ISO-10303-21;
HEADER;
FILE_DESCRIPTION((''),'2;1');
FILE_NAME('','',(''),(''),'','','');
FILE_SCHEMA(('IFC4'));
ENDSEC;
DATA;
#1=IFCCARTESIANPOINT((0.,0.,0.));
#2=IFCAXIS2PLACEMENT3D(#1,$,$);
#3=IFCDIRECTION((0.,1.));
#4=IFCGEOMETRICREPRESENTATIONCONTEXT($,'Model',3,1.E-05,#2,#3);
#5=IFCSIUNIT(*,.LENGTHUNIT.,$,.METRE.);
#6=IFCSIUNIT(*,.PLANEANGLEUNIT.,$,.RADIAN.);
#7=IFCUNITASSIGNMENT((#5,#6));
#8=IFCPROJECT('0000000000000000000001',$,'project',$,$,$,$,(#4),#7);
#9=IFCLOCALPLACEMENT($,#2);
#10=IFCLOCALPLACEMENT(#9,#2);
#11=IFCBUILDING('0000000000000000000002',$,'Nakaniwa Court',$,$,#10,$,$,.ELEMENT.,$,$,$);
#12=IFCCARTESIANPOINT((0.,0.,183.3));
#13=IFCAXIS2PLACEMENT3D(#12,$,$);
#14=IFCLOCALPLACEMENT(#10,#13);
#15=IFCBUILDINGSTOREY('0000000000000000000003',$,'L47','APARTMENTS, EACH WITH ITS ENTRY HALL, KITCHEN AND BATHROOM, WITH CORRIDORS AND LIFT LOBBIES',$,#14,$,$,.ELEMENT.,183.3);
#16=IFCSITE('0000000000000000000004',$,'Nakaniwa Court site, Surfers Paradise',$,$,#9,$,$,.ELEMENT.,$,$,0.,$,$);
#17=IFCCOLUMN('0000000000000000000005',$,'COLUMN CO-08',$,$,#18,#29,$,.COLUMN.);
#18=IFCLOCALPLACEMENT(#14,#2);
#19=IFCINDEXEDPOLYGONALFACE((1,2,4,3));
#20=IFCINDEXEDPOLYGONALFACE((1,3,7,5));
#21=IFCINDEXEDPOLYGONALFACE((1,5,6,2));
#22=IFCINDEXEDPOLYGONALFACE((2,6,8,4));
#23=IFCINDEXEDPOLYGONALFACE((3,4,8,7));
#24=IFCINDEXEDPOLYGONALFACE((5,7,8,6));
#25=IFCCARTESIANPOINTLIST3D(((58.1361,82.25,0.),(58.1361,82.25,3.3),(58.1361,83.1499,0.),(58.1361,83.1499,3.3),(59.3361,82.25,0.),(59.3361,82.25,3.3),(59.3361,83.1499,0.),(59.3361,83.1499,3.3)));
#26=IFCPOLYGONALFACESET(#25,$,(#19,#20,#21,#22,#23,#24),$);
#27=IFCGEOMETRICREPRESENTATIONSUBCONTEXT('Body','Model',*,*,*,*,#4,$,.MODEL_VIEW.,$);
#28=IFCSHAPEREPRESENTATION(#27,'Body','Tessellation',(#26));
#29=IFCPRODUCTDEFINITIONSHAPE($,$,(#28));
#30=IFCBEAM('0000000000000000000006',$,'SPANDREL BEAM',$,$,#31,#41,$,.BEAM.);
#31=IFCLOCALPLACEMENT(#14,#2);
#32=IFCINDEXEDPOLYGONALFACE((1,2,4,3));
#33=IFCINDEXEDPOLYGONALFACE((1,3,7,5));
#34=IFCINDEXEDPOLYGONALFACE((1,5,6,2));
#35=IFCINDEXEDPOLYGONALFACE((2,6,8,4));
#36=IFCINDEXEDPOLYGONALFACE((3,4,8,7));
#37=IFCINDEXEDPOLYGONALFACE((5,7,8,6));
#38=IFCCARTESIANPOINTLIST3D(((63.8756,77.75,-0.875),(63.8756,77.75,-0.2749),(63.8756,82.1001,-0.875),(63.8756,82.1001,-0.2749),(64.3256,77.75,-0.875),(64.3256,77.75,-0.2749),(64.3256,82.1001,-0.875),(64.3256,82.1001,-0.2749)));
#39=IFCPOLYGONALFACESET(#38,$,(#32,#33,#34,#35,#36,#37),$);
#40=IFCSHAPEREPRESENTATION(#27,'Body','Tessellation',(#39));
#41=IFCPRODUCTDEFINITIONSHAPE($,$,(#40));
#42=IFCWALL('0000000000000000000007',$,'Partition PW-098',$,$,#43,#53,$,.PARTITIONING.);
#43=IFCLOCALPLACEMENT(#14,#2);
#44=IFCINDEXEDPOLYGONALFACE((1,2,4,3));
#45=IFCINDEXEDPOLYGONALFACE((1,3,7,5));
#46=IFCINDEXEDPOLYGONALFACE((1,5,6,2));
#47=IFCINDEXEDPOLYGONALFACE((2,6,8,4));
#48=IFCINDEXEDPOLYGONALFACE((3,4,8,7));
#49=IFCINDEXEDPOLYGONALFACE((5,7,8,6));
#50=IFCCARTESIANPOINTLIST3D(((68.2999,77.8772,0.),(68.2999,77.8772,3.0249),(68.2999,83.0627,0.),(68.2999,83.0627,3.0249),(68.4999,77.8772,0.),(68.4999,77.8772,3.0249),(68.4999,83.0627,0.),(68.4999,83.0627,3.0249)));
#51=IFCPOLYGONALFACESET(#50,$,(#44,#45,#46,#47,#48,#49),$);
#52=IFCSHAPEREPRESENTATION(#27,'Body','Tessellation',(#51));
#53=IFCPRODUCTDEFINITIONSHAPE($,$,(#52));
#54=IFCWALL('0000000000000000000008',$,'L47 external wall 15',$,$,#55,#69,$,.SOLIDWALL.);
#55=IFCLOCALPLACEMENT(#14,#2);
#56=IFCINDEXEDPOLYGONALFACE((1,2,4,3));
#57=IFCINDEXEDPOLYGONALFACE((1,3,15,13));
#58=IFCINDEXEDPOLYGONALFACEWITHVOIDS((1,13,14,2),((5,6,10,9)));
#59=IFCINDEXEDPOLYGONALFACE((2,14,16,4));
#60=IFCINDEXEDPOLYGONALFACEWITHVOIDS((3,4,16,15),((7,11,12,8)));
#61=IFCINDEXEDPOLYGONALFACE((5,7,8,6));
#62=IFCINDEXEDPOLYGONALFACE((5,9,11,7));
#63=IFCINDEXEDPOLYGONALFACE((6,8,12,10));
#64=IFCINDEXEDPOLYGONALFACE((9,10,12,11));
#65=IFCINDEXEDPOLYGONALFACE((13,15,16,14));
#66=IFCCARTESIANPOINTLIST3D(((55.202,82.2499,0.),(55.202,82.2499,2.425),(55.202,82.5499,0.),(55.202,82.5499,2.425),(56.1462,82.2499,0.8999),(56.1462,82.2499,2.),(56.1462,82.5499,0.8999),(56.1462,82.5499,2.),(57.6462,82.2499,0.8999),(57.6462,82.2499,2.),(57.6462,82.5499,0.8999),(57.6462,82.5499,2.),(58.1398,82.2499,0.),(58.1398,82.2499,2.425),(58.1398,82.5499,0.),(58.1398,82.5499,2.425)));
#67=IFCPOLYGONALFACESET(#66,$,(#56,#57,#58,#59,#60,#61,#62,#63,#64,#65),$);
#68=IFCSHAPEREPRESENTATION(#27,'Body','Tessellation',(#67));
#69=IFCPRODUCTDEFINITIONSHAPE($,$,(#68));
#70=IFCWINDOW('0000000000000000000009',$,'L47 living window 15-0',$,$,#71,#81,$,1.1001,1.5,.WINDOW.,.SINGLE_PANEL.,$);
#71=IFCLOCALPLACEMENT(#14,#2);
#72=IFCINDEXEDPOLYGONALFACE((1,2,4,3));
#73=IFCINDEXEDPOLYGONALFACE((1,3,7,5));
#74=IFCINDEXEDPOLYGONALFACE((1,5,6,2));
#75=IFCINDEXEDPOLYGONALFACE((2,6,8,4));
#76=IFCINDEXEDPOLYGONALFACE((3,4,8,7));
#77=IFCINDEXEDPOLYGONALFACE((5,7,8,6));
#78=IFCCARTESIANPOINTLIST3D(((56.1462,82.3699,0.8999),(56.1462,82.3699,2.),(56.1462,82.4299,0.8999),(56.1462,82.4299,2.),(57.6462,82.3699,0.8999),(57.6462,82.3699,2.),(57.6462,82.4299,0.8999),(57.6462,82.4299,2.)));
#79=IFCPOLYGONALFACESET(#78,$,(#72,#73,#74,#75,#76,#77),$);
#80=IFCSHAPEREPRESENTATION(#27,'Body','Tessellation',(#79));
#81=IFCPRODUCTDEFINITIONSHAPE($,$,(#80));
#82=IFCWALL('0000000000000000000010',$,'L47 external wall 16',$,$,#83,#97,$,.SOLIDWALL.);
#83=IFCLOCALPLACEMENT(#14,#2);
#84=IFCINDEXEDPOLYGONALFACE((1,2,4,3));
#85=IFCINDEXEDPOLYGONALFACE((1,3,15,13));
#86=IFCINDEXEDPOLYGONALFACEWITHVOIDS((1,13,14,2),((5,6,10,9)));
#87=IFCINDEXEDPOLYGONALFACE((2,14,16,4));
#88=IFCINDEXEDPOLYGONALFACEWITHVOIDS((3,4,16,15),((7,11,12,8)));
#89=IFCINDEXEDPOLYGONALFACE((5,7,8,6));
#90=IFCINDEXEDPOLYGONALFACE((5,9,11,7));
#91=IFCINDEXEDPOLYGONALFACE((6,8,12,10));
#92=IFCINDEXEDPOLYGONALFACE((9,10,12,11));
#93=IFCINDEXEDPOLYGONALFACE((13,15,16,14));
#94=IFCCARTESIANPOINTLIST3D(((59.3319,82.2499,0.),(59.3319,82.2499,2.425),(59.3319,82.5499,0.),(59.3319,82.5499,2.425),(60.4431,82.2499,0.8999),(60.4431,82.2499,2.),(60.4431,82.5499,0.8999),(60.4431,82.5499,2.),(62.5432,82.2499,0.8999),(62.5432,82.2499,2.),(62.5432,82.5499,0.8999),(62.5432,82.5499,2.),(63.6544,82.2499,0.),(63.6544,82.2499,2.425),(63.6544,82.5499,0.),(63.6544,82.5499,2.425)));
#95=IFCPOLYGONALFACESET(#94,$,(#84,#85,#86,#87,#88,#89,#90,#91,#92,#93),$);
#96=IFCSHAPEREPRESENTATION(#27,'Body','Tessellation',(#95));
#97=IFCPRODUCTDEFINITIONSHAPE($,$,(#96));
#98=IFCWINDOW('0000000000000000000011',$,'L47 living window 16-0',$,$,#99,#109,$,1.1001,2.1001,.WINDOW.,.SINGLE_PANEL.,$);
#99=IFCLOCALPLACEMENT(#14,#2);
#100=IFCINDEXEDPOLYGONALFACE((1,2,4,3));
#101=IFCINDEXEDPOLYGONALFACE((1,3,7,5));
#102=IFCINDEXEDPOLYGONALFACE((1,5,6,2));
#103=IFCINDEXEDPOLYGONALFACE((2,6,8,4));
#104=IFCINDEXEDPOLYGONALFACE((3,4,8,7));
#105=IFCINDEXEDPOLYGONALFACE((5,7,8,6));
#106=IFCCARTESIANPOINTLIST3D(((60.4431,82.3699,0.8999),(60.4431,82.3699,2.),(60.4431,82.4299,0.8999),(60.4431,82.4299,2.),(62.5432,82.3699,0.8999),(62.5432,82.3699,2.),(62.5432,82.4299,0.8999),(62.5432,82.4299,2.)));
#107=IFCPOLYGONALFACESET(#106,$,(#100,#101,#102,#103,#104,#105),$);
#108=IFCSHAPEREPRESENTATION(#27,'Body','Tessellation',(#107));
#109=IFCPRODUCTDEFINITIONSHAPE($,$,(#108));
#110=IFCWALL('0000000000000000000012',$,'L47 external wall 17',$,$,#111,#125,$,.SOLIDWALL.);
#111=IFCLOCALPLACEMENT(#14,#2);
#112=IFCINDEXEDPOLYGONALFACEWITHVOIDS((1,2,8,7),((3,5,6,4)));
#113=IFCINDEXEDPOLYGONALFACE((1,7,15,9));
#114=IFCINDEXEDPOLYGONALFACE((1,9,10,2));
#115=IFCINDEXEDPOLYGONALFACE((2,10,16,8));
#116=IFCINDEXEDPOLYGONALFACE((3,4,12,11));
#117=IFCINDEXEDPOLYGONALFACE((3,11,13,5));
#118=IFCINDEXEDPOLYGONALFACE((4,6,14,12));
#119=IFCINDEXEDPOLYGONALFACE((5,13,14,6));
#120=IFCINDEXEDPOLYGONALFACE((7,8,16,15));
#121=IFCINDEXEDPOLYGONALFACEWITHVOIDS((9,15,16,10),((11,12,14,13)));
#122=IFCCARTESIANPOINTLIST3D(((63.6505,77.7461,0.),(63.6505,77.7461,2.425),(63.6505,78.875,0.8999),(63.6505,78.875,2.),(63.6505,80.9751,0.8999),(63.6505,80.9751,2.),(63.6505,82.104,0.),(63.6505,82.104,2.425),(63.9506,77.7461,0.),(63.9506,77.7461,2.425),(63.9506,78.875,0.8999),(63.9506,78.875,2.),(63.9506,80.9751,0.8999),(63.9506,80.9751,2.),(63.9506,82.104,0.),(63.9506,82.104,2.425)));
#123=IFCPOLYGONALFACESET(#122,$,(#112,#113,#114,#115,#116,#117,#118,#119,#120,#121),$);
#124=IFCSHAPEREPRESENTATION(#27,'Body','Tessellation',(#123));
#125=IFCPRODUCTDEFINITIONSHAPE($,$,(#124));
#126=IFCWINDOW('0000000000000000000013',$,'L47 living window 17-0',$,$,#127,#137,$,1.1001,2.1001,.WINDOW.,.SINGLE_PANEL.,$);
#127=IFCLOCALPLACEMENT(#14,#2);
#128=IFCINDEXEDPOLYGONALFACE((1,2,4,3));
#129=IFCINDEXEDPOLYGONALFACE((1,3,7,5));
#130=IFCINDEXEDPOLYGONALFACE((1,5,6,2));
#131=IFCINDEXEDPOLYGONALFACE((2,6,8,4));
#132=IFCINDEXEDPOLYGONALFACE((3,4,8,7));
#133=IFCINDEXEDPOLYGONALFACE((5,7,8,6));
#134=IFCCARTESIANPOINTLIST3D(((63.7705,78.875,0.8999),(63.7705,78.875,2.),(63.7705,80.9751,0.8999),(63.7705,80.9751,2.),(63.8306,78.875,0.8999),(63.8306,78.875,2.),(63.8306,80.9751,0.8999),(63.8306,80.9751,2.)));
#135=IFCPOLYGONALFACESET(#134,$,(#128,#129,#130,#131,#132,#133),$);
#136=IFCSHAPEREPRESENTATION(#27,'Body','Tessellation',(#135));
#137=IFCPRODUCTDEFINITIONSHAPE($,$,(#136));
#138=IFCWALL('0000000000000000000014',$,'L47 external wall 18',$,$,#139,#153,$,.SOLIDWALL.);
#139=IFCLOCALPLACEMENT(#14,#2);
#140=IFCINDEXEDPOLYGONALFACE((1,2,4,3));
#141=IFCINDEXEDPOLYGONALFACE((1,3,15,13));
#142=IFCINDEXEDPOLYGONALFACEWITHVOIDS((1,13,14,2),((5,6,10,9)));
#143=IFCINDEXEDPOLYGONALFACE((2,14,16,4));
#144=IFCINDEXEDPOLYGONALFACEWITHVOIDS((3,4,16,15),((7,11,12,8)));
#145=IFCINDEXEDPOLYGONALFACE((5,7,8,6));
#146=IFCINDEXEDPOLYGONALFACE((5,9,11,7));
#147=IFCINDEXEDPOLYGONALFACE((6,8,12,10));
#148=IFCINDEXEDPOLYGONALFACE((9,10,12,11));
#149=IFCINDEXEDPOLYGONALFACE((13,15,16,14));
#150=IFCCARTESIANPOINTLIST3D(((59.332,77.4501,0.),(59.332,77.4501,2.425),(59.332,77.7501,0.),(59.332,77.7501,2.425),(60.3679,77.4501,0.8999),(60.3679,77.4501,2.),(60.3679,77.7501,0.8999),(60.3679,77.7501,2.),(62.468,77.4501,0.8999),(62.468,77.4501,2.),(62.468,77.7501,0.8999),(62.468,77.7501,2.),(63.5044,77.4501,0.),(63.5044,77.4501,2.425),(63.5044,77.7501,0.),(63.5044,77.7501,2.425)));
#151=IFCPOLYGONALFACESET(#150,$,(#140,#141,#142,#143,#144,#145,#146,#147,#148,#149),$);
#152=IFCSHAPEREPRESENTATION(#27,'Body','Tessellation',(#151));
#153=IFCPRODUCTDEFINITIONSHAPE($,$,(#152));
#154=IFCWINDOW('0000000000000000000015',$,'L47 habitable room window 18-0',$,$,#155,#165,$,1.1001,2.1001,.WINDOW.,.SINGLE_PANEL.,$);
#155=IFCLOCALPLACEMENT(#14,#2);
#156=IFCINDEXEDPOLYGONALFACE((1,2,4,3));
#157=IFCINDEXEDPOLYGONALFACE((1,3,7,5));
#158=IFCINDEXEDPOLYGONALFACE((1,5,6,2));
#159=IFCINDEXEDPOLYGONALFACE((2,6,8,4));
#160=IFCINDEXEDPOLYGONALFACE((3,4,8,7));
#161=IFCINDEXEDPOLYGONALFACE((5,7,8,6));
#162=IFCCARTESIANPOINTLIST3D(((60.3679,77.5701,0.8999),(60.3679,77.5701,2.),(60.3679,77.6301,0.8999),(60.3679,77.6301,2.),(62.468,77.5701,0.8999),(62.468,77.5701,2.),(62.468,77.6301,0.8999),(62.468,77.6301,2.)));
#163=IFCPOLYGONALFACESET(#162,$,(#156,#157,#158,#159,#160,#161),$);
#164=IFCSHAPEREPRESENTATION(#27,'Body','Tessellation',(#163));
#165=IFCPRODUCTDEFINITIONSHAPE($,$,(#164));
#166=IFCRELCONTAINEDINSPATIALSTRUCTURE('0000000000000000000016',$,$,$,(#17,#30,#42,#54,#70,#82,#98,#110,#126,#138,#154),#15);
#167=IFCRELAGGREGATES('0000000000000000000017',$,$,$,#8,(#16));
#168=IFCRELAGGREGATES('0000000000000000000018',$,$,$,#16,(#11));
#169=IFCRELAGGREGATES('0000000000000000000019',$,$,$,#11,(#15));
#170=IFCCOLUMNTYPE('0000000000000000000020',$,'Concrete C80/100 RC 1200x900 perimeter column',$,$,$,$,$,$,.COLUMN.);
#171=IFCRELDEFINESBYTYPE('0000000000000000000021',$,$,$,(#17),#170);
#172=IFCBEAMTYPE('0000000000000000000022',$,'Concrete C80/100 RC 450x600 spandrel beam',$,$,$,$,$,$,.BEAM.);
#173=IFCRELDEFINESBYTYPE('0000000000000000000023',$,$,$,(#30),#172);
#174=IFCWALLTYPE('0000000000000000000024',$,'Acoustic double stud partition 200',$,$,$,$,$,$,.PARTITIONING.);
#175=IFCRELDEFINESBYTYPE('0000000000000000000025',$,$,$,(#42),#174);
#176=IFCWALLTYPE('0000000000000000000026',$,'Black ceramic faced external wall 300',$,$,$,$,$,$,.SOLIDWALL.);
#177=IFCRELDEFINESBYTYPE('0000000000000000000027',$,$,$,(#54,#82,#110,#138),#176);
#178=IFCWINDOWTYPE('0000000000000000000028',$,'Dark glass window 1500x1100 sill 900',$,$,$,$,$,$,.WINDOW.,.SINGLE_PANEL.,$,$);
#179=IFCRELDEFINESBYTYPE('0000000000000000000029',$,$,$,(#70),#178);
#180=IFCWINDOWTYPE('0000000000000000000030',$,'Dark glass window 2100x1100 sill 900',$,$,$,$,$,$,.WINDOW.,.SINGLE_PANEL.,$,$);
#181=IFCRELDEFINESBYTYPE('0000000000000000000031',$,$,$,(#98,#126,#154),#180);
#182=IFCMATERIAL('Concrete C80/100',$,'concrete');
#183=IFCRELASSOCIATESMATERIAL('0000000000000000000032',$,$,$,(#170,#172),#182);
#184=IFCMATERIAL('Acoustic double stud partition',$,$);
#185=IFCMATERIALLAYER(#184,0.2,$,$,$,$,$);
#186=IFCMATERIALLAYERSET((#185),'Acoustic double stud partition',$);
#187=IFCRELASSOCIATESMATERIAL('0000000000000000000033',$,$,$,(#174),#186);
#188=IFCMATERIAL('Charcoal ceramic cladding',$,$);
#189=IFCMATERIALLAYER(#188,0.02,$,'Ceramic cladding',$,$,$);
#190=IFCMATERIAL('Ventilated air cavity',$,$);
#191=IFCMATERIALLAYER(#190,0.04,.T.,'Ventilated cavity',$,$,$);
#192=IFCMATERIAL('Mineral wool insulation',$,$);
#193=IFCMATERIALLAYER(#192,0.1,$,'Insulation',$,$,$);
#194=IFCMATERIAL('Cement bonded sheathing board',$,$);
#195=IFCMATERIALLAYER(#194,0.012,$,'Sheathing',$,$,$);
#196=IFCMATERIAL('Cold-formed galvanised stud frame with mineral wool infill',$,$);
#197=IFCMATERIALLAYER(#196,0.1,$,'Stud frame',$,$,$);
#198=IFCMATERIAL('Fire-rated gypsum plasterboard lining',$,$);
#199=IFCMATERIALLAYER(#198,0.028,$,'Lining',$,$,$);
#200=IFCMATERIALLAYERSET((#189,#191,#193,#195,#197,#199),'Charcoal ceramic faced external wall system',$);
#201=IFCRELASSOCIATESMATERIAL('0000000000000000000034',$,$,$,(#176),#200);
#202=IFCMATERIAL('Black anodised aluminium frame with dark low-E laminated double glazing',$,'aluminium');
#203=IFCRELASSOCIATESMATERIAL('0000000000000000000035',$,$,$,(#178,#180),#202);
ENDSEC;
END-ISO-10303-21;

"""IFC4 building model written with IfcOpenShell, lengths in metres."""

from ifc_helpers import new_model, si_unit, direction, frame, frame_2d, origin, origin_2d, place, context, subcontext, project, spatial, rectangle, extrude, material, layer, layer_set, material_profile, profile_set, type_object, element, fill, save


model = new_model("IFC4")

# Units and contexts
model_context = context("Model", 3, precision=1e-05, world=origin(), true_north=direction((0.0, 1.0)))
body_context = subcontext(model_context, "Body", "Model", "MODEL_VIEW")
ifc_project = project(units=[si_unit("LENGTHUNIT", "METRE"), si_unit("PLANEANGLEUNIT", "RADIAN")], contexts=[model_context])

# Site, building, storey
site_placement = place(None, origin())
site = spatial("IfcSite", under=ifc_project, at=site_placement, Name="Nakaniwa Court site, Surfers Paradise", CompositionType="ELEMENT", RefElevation=0.0)
building_placement = place(site_placement, origin())
building = spatial("IfcBuilding", under=site, at=building_placement, Name="Nakaniwa Court", CompositionType="ELEMENT")
storey_placement = place(building_placement, frame((0.0, 0.0, 183.3)))
storey = spatial("IfcBuildingStorey", under=building, at=storey_placement, Name="L47", Description="APARTMENTS, EACH WITH ITS ENTRY HALL, KITCHEN AND BATHROOM, WITH CORRIDORS AND LIFT LOBBIES", CompositionType="ELEMENT", Elevation=183.3)

# Column
ifc_material_1 = material(Name="Concrete C80/100", Category="concrete")
ifc_material_profile_1 = material_profile(ifc_material_1, rectangle(XDim=1.2, YDim=0.8999, at=origin_2d()), Name="Concrete C80/100 RC 1200x900 perimeter column")
ifc_profile_set_1 = profile_set([ifc_material_profile_1], Name="Concrete C80/100")
column_type = type_object("IfcColumnType", Name="Concrete C80/100 RC 1200x900 perimeter column", PredefinedType="COLUMN", material=ifc_profile_set_1)
column_placement = place(storey_placement, frame((58.7361, 82.7, 0.0), z_axis=(0.0, 0.0, 1.0), x_axis=(1.0, 0.0, 0.0)))
element("IfcColumn", 1, at=column_placement, inside=storey, type_object=column_type, Name="COLUMN CO-08", PredefinedType="COLUMN", context=body_context, shape_type="SweptSolid", body=[
    extrude(rectangle(XDim=1.2, YDim=0.8999, at=origin_2d()), origin(), (0.0, 0.0, 1.0), 3.3),
])

# Beam
ifc_material_profile_2 = material_profile(ifc_material_1, rectangle(XDim=0.45, YDim=0.6001, at=origin_2d()), Name="Concrete C80/100 RC 450x600 spandrel beam")
ifc_profile_set_2 = profile_set([ifc_material_profile_2], Name="Concrete C80/100")
beam_type = type_object("IfcBeamType", Name="Concrete C80/100 RC 450x600 spandrel beam", PredefinedType="BEAM", material=ifc_profile_set_2)
beam_placement = place(storey_placement, frame((64.1006, 82.1001, -0.575), z_axis=(0.0, -1.0, 0.0), x_axis=(1.0, 0.0, 0.0)))
element("IfcBeam", 2, at=beam_placement, inside=storey, type_object=beam_type, Name="SPANDREL BEAM", PredefinedType="BEAM", context=body_context, shape_type="SweptSolid", body=[
    extrude(rectangle(XDim=0.45, YDim=0.6001, at=origin_2d()), origin(), (0.0, 0.0, 1.0), 4.3501),
])

# Wall
ifc_material_2 = material(Name="Acoustic double stud partition")
ifc_layer_1 = layer(ifc_material_2, 0.2)
ifc_layer_set_1 = layer_set([ifc_layer_1], Name="Acoustic double stud partition")
wall_type_1 = type_object("IfcWallType", Name="Acoustic double stud partition 200", PredefinedType="PARTITIONING", material=ifc_layer_set_1)
wall_1_placement = place(storey_placement, frame((68.3999, 77.8772, 0.0), z_axis=(0.0, 0.0, 1.0), x_axis=(0.0, 1.0, 0.0)))
element("IfcWall", 3, at=wall_1_placement, inside=storey, type_object=wall_type_1, Name="Partition PW-098", PredefinedType="PARTITIONING", context=body_context, shape_type="SweptSolid", body=[
    extrude(rectangle(XDim=5.1855, YDim=0.2, at=frame_2d((2.5928, 0.0))), origin(), (0.0, 0.0, 1.0), 3.0249),
])

# Walls, openings, windows
ifc_material_3 = material(Name="Charcoal ceramic cladding")
ifc_layer_2 = layer(ifc_material_3, 0.02, Name="Ceramic cladding")
ifc_material_4 = material(Name="Ventilated air cavity")
ifc_layer_3 = layer(ifc_material_4, 0.04, ventilated=True, Name="Ventilated cavity")
ifc_material_5 = material(Name="Mineral wool insulation")
ifc_layer_4 = layer(ifc_material_5, 0.1, Name="Insulation")
ifc_material_6 = material(Name="Cement bonded sheathing board")
ifc_layer_5 = layer(ifc_material_6, 0.012, Name="Sheathing")
ifc_material_7 = material(Name="Cold-formed galvanised stud frame with mineral wool infill")
ifc_layer_6 = layer(ifc_material_7, 0.1, Name="Stud frame")
ifc_material_8 = material(Name="Fire-rated gypsum plasterboard lining")
ifc_layer_7 = layer(ifc_material_8, 0.028, Name="Lining")
ifc_layer_set_2 = layer_set([ifc_layer_2, ifc_layer_3, ifc_layer_4, ifc_layer_5, ifc_layer_6, ifc_layer_7], Name="Charcoal ceramic faced external wall system")
wall_type_2 = type_object("IfcWallType", Name="Black ceramic faced external wall 300", PredefinedType="SOLIDWALL", material=ifc_layer_set_2)
wall_2_placement = place(storey_placement, frame((55.2021, 82.3999, 0.0), z_axis=(0.0, 0.0, 1.0), x_axis=(1.0, 0.0, 0.0)))
wall_2 = element("IfcWall", 4, at=wall_2_placement, inside=storey, type_object=wall_type_2, Name="L47 external wall 15", PredefinedType="SOLIDWALL", context=body_context, shape_type="SweptSolid", body=[
    extrude(rectangle(XDim=2.9377, YDim=0.3, at=frame_2d((1.4688, 0.0))), origin(), (0.0, 0.0, 1.0), 2.425),
])
opening_1_placement = place(wall_2_placement, frame((0.9441, 0.0, 0.8999)))
opening_1 = element("IfcOpeningElement", 5, at=opening_1_placement, cuts=wall_2, PredefinedType="OPENING", context=body_context, shape_type="SweptSolid", body=[
    extrude(rectangle(XDim=1.5, YDim=1.1001, at=frame_2d((0.75, 0.55))), frame((0.0, 0.1599, 0.0), z_axis=(0.0, -1.0, 0.0), x_axis=(1.0, 0.0, 0.0)), (0.0, 0.0, 1.0), 0.3201),
])
ifc_material_9 = material(Name="Black anodised aluminium frame with dark low-E laminated double glazing", Category="aluminium")
window_type_1 = type_object("IfcWindowType", Name="Dark glass window 1500x1100 sill 900", PartitioningType="SINGLE_PANEL", PredefinedType="WINDOW", material=ifc_material_9)
window_1_placement = place(opening_1_placement, origin())
window_1 = element("IfcWindow", 6, at=window_1_placement, inside=storey, type_object=window_type_1, Name="L47 living window 15-0", OverallHeight=1.1001, OverallWidth=1.5, PartitioningType="SINGLE_PANEL", PredefinedType="WINDOW", context=body_context, shape_type="SweptSolid", body=[
    extrude(rectangle(XDim=1.5, YDim=1.1001, at=frame_2d((0.75, 0.55))), frame((0.0, 0.03, 0.0), z_axis=(0.0, -1.0, 0.0), x_axis=(1.0, 0.0, 0.0)), (0.0, 0.0, 1.0), 0.0601),
])
fill(opening_1, window_1)
wall_3_placement = place(storey_placement, frame((59.332, 82.3999, 0.0), z_axis=(0.0, 0.0, 1.0), x_axis=(1.0, 0.0, 0.0)))
wall_3 = element("IfcWall", 7, at=wall_3_placement, inside=storey, type_object=wall_type_2, Name="L47 external wall 16", PredefinedType="SOLIDWALL", context=body_context, shape_type="SweptSolid", body=[
    extrude(rectangle(XDim=4.3225, YDim=0.3, at=frame_2d((2.1611, 0.0))), origin(), (0.0, 0.0, 1.0), 2.425),
])
opening_2_placement = place(wall_3_placement, frame((1.1111, 0.0, 0.8999)))
opening_2 = element("IfcOpeningElement", 8, at=opening_2_placement, cuts=wall_3, PredefinedType="OPENING", context=body_context, shape_type="SweptSolid", body=[
    extrude(rectangle(XDim=2.1001, YDim=1.1001, at=frame_2d((1.05, 0.55))), frame((0.0, 0.1599, 0.0), z_axis=(0.0, -1.0, 0.0), x_axis=(1.0, 0.0, 0.0)), (0.0, 0.0, 1.0), 0.3201),
])
window_type_2 = type_object("IfcWindowType", Name="Dark glass window 2100x1100 sill 900", PartitioningType="SINGLE_PANEL", PredefinedType="WINDOW", material=ifc_material_9)
window_2_placement = place(opening_2_placement, origin())
window_2 = element("IfcWindow", 9, at=window_2_placement, inside=storey, type_object=window_type_2, Name="L47 living window 16-0", OverallHeight=1.1001, OverallWidth=2.1001, PartitioningType="SINGLE_PANEL", PredefinedType="WINDOW", context=body_context, shape_type="SweptSolid", body=[
    extrude(rectangle(XDim=2.1001, YDim=1.1001, at=frame_2d((1.05, 0.55))), frame((0.0, 0.03, 0.0), z_axis=(0.0, -1.0, 0.0), x_axis=(1.0, 0.0, 0.0)), (0.0, 0.0, 1.0), 0.0601),
])
fill(opening_2, window_2)
wall_4_placement = place(storey_placement, frame((63.8005, 82.104, 0.0), z_axis=(0.0, 0.0, 1.0), x_axis=(0.0, -1.0, 0.0)))
wall_4 = element("IfcWall", 10, at=wall_4_placement, inside=storey, type_object=wall_type_2, Name="L47 external wall 17", PredefinedType="SOLIDWALL", context=body_context, shape_type="SweptSolid", body=[
    extrude(rectangle(XDim=4.3579, YDim=0.3, at=frame_2d((2.179, 0.0))), origin(), (0.0, 0.0, 1.0), 2.425),
])
opening_3_placement = place(wall_4_placement, frame((1.1289, 0.0, 0.8999)))
opening_3 = element("IfcOpeningElement", 11, at=opening_3_placement, cuts=wall_4, PredefinedType="OPENING", context=body_context, shape_type="SweptSolid", body=[
    extrude(rectangle(XDim=2.1001, YDim=1.1001, at=frame_2d((1.05, 0.55))), frame((0.0, 0.1599, 0.0), z_axis=(0.0, -1.0, 0.0), x_axis=(1.0, 0.0, 0.0)), (0.0, 0.0, 1.0), 0.3201),
])
window_3_placement = place(opening_3_placement, origin())
window_3 = element("IfcWindow", 12, at=window_3_placement, inside=storey, type_object=window_type_2, Name="L47 living window 17-0", OverallHeight=1.1001, OverallWidth=2.1001, PartitioningType="SINGLE_PANEL", PredefinedType="WINDOW", context=body_context, shape_type="SweptSolid", body=[
    extrude(rectangle(XDim=2.1001, YDim=1.1001, at=frame_2d((1.05, 0.55))), frame((0.0, 0.03, 0.0), z_axis=(0.0, -1.0, 0.0), x_axis=(1.0, 0.0, 0.0)), (0.0, 0.0, 1.0), 0.0601),
])
fill(opening_3, window_3)
wall_5_placement = place(storey_placement, frame((63.5044, 77.6001, 0.0), z_axis=(0.0, 0.0, 1.0), x_axis=(-1.0, 0.0, 0.0)))
wall_5 = element("IfcWall", 13, at=wall_5_placement, inside=storey, type_object=wall_type_2, Name="L47 external wall 18", PredefinedType="SOLIDWALL", context=body_context, shape_type="SweptSolid", body=[
    extrude(rectangle(XDim=4.1724, YDim=0.3, at=frame_2d((2.0862, 0.0))), origin(), (0.0, 0.0, 1.0), 2.425),
])
opening_4_placement = place(wall_5_placement, frame((1.0364, 0.0, 0.8999)))
opening_4 = element("IfcOpeningElement", 14, at=opening_4_placement, cuts=wall_5, PredefinedType="OPENING", context=body_context, shape_type="SweptSolid", body=[
    extrude(rectangle(XDim=2.1001, YDim=1.1001, at=frame_2d((1.05, 0.55))), frame((0.0, 0.1599, 0.0), z_axis=(0.0, -1.0, 0.0), x_axis=(1.0, 0.0, 0.0)), (0.0, 0.0, 1.0), 0.3201),
])
window_4_placement = place(opening_4_placement, origin())
window_4 = element("IfcWindow", 15, at=window_4_placement, inside=storey, type_object=window_type_2, Name="L47 habitable room window 18-0", OverallHeight=1.1001, OverallWidth=2.1001, PartitioningType="SINGLE_PANEL", PredefinedType="WINDOW", context=body_context, shape_type="SweptSolid", body=[
    extrude(rectangle(XDim=2.1001, YDim=1.1001, at=frame_2d((1.05, 0.55))), frame((0.0, 0.03, 0.0), z_axis=(0.0, -1.0, 0.0), x_axis=(1.0, 0.0, 0.0)), (0.0, 0.0, 1.0), 0.0601),
])
fill(opening_4, window_4)

save(model, "model.ifc")
